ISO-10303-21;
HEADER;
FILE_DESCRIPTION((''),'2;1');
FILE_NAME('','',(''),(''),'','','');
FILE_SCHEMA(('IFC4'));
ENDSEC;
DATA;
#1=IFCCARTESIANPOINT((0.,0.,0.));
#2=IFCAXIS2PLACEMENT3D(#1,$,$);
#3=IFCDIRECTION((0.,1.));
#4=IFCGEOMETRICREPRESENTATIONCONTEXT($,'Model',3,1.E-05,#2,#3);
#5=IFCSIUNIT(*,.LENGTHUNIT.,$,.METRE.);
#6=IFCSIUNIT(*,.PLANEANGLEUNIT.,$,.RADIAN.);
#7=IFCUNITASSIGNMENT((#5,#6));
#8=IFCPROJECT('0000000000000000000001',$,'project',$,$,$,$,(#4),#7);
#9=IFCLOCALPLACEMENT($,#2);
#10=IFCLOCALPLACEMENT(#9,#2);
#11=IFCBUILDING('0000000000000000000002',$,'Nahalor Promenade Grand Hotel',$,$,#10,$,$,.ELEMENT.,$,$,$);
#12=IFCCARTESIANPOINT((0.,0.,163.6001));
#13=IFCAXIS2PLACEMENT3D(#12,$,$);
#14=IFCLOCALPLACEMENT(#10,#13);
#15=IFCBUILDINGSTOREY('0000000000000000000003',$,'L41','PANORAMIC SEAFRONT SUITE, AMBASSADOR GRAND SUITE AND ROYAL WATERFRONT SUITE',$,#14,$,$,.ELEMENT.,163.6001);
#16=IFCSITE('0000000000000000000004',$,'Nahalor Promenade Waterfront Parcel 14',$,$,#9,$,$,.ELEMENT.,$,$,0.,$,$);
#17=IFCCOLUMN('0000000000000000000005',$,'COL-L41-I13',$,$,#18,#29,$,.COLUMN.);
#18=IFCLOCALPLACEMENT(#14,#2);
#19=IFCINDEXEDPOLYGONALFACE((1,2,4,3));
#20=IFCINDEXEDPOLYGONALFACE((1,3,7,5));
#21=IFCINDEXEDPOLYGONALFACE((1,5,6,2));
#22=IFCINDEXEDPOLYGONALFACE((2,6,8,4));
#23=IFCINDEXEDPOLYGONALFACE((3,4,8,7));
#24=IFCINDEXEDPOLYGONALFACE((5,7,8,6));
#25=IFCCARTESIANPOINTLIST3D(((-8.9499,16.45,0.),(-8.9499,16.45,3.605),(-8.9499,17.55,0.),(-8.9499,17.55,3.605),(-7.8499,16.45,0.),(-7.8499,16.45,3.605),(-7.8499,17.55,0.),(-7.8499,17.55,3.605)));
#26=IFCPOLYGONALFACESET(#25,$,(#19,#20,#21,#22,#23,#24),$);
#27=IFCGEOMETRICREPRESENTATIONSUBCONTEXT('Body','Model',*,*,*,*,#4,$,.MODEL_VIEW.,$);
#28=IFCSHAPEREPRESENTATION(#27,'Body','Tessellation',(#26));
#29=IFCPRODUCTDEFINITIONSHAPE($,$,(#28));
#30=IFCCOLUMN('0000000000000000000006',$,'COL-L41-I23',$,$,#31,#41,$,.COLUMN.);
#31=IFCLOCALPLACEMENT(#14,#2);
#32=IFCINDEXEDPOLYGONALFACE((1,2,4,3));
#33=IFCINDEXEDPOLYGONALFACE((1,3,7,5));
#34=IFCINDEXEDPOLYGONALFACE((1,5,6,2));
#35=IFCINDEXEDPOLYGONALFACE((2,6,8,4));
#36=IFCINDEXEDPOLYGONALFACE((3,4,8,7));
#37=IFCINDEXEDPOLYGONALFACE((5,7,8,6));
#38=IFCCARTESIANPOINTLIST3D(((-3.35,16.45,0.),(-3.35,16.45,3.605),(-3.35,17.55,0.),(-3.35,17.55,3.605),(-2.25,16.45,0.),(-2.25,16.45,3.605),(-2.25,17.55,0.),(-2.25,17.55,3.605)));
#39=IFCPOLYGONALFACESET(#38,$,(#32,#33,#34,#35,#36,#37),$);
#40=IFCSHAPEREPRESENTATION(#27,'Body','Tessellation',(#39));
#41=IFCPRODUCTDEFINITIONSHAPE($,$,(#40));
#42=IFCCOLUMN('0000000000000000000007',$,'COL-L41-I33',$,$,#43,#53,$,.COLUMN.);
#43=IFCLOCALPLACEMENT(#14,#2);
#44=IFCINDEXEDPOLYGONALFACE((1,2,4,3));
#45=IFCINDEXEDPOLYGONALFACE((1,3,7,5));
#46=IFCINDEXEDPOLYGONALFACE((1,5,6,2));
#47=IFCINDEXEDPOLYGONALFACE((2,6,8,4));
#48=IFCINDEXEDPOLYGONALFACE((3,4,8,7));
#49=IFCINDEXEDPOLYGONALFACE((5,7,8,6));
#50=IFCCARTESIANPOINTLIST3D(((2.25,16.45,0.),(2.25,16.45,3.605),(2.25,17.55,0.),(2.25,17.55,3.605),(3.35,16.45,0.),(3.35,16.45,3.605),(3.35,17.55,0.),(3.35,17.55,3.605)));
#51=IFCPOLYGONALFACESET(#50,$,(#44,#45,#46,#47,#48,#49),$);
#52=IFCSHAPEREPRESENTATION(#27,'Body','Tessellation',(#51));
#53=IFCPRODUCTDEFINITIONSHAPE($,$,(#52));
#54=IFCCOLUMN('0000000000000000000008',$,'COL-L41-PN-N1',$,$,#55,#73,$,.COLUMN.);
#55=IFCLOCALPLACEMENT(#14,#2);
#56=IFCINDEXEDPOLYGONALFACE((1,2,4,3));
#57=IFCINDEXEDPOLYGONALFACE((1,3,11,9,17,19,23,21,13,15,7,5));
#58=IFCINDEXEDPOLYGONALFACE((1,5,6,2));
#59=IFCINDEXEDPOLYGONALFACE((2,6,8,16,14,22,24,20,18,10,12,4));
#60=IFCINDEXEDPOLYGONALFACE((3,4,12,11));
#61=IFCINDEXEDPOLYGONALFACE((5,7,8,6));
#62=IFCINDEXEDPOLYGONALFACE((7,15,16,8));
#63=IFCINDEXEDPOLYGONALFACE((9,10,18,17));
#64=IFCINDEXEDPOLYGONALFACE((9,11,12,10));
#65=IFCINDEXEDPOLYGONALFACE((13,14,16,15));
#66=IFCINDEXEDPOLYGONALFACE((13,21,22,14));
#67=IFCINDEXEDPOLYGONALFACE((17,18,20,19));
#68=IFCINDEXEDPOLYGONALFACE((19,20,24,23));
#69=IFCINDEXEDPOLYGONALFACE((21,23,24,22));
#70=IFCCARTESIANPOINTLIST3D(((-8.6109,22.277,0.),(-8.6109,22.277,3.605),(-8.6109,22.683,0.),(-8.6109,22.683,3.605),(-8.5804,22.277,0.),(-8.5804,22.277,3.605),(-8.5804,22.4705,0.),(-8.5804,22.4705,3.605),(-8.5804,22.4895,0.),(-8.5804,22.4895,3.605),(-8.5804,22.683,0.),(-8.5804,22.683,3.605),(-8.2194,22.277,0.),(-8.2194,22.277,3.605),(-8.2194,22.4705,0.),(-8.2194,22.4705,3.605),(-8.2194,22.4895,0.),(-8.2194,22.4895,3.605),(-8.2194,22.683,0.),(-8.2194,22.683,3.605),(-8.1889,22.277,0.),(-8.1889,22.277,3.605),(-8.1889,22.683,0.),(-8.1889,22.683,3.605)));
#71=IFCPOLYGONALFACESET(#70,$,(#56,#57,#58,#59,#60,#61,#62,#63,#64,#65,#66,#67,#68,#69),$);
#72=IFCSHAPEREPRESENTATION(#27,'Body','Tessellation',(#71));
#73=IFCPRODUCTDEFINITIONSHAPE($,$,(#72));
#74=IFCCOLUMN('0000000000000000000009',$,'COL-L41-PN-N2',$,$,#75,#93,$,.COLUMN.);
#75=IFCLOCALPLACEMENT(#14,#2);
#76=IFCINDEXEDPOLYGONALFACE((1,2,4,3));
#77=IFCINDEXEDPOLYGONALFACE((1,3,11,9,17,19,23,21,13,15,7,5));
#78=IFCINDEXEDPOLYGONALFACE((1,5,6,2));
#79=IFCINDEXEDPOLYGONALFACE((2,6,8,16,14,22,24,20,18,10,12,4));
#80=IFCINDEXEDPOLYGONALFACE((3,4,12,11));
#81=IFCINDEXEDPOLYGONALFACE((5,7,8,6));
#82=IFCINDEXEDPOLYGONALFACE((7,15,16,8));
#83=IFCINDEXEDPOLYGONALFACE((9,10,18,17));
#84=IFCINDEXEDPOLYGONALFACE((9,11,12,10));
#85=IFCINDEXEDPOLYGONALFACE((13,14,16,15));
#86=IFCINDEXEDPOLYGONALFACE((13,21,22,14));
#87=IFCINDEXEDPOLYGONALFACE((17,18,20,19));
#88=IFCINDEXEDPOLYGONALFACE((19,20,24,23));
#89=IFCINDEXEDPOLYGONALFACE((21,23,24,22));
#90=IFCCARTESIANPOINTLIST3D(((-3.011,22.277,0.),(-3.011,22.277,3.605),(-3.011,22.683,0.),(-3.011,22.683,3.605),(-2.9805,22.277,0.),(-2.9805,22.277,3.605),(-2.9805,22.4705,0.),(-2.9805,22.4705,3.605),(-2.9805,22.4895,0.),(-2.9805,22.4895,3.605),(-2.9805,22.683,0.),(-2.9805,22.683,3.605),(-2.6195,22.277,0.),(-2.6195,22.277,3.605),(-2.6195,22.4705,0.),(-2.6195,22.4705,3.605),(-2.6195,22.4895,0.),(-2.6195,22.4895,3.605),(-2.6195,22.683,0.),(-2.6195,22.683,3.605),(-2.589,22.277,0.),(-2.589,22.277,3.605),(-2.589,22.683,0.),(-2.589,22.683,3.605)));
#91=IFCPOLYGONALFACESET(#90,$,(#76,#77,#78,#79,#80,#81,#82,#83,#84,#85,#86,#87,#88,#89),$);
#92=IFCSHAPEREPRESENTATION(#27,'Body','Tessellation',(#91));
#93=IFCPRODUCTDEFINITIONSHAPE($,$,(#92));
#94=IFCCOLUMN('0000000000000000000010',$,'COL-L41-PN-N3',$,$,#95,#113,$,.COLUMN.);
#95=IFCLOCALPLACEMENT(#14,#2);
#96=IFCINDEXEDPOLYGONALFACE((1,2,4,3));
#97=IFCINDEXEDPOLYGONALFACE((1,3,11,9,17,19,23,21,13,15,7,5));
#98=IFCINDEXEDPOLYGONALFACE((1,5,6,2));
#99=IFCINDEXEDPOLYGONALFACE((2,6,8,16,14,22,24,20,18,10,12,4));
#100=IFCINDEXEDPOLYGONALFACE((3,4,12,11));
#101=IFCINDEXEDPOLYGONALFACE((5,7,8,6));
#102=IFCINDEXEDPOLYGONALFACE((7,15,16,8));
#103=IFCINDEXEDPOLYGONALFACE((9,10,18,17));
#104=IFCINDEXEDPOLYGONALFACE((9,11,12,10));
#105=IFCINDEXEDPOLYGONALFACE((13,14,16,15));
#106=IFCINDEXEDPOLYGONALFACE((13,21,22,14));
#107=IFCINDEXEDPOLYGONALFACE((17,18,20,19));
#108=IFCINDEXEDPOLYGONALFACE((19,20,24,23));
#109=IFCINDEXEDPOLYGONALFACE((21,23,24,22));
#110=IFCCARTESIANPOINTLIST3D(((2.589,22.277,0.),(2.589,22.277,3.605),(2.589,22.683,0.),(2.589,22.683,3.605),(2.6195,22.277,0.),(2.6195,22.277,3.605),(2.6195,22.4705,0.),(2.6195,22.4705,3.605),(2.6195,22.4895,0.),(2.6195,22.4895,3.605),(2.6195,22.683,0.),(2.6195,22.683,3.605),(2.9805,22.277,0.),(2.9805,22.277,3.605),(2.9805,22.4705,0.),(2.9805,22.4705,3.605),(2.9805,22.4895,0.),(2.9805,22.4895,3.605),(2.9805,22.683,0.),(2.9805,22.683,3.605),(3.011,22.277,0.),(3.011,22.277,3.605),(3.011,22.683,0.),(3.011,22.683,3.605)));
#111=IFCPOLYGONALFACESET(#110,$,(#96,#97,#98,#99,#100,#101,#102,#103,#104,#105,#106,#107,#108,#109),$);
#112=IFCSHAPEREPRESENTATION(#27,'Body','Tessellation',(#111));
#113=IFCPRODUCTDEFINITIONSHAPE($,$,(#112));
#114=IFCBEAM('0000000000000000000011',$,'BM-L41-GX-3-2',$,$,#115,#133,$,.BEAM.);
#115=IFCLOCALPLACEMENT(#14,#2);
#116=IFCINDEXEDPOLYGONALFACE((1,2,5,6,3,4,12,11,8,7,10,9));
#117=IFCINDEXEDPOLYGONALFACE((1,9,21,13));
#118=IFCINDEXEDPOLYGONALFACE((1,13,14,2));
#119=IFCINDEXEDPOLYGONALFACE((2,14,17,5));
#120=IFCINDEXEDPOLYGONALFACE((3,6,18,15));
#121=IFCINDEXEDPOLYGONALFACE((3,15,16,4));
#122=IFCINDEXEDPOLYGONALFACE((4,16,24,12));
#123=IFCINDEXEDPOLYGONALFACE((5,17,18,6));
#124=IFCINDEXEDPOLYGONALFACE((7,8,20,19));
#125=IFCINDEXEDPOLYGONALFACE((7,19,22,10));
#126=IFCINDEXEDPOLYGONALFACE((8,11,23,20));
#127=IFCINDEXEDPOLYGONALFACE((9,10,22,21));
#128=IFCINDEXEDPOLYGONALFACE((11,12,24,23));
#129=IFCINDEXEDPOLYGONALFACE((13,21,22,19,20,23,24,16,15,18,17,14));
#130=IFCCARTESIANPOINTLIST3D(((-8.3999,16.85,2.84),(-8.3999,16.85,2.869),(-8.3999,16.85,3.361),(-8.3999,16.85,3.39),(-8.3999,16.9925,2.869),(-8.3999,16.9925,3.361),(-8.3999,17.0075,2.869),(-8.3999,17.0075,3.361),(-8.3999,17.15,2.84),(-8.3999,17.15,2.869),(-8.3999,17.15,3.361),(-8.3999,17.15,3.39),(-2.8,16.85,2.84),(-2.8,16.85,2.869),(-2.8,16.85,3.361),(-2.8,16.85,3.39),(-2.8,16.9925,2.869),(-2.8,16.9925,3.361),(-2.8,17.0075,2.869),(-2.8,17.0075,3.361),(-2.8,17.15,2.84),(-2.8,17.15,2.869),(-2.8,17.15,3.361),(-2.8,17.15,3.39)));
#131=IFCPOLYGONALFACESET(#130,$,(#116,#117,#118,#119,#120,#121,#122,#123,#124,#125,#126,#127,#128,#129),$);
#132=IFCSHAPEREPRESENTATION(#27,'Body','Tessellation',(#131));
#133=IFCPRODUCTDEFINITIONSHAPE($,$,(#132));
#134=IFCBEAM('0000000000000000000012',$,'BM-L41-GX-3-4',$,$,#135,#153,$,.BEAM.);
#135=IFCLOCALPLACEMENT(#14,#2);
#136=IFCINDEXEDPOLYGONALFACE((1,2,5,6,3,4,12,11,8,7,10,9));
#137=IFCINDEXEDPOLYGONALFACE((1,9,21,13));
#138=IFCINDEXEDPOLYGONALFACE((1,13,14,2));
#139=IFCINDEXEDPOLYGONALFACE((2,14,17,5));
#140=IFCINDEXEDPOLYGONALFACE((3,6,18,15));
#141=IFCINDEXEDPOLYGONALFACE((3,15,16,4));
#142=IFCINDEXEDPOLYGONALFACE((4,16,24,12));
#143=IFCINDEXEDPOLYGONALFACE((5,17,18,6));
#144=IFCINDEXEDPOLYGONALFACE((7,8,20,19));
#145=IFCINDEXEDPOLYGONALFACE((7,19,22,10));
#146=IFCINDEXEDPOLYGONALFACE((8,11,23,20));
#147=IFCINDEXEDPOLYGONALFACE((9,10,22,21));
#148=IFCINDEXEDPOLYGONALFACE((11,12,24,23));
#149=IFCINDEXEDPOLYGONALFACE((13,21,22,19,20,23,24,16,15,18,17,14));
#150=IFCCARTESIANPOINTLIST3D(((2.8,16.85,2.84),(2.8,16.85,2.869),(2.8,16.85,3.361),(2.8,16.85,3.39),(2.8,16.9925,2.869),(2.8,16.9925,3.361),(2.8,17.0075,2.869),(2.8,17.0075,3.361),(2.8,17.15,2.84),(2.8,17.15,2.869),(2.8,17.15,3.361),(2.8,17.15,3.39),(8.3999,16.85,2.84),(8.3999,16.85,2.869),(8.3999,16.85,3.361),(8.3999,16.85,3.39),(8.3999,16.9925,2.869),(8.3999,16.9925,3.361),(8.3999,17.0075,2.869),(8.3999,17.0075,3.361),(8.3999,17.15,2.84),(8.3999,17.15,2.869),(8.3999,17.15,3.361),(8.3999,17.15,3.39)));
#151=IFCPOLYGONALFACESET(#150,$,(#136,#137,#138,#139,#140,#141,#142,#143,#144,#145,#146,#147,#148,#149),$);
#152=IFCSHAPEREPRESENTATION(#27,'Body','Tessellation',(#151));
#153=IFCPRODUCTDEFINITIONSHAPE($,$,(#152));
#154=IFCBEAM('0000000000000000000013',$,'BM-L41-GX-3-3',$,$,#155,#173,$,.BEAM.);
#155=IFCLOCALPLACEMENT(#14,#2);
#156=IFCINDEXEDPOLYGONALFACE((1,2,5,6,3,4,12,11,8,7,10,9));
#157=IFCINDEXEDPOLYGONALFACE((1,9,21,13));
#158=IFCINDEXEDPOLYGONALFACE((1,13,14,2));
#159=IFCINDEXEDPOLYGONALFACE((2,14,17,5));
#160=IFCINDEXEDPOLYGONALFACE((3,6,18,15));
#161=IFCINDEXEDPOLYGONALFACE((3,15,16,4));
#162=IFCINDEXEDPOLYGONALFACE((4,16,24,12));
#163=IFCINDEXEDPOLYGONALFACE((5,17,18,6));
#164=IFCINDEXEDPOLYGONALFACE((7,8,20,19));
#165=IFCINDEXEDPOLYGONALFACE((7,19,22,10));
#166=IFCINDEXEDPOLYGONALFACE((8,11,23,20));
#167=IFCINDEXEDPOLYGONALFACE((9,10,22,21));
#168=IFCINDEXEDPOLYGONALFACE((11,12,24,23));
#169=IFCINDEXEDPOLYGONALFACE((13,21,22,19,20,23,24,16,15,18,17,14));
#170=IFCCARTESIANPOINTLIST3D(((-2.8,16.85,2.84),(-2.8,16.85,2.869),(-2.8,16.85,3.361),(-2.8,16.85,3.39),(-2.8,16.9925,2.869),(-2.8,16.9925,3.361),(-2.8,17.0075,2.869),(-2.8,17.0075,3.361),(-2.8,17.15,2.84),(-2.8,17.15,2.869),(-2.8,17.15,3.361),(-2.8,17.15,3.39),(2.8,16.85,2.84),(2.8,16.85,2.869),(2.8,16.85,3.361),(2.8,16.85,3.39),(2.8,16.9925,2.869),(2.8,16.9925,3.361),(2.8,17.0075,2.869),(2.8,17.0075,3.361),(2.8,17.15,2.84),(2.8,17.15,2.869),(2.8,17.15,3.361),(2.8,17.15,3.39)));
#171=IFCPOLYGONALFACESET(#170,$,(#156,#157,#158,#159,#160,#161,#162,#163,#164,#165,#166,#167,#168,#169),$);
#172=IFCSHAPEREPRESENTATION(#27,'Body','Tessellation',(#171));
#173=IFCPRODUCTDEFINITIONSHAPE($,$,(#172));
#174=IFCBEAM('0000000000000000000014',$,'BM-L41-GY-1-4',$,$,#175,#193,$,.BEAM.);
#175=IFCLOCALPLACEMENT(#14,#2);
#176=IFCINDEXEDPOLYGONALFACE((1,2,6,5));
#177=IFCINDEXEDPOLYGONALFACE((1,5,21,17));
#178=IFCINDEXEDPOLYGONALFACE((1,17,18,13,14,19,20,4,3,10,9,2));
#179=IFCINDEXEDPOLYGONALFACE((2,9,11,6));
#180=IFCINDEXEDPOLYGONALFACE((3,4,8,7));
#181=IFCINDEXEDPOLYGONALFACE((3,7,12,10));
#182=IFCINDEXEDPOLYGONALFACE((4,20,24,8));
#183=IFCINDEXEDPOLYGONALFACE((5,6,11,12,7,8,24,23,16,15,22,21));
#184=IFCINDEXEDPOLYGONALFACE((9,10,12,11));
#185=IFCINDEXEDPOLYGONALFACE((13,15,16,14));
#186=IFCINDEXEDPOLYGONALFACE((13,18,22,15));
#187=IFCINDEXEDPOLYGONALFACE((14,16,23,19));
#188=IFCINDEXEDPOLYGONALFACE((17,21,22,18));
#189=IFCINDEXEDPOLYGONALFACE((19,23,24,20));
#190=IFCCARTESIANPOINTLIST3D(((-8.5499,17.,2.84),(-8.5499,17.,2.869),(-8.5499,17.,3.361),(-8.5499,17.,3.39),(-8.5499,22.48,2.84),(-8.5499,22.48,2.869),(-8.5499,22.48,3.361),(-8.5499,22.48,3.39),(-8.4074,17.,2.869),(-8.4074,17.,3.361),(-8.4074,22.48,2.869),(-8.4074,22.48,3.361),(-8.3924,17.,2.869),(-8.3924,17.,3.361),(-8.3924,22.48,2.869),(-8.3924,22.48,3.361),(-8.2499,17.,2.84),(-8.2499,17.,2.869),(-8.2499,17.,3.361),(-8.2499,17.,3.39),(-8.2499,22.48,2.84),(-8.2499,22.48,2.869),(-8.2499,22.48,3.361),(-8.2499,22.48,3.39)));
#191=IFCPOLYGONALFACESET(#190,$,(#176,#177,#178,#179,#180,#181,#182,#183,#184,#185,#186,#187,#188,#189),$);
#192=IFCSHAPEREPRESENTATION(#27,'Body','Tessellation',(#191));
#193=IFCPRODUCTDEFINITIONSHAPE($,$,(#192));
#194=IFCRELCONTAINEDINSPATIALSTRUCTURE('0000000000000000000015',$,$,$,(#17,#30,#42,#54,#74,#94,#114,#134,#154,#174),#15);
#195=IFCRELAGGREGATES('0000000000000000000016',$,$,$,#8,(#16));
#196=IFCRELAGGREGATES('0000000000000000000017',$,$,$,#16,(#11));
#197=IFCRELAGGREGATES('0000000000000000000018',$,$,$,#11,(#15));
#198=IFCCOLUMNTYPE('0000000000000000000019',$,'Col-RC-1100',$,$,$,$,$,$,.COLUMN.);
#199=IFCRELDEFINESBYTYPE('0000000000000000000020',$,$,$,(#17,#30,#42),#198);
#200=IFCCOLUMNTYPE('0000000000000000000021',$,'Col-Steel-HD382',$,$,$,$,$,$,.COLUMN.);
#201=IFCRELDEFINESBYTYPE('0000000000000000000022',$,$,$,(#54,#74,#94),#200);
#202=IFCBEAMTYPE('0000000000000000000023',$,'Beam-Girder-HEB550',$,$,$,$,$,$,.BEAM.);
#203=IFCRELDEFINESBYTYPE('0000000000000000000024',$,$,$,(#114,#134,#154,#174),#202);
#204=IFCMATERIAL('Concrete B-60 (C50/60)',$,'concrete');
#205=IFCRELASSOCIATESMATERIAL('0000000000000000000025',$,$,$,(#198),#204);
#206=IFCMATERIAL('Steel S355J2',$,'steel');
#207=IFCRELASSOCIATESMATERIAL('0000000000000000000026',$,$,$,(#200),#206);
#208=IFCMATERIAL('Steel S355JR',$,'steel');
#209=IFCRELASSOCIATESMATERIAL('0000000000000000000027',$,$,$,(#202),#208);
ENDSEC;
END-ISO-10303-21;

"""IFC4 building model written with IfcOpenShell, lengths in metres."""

from ifc_helpers import new_model, si_unit, direction, frame, origin, origin_2d, place, context, subcontext, project, spatial, rectangle, i_section, extrude, source, transform, mapped, material, material_profile, profile_set, type_object, element, save


model = new_model("IFC4")

# Units and contexts
model_context = context("Model", 3, precision=1e-05, world=origin(), true_north=direction((0.0, 1.0)))
body_context = subcontext(model_context, "Body", "Model", "MODEL_VIEW")
ifc_project = project(units=[si_unit("LENGTHUNIT", "METRE"), si_unit("PLANEANGLEUNIT", "RADIAN")], contexts=[model_context])

# Site, building, storey
site_placement = place(None, origin())
site = spatial("IfcSite", under=ifc_project, at=site_placement, Name="Nahalor Promenade Waterfront Parcel 14", CompositionType="ELEMENT", RefElevation=0.0)
building_placement = place(site_placement, origin())
building = spatial("IfcBuilding", under=site, at=building_placement, Name="Nahalor Promenade Grand Hotel", CompositionType="ELEMENT")
storey_placement = place(building_placement, frame((0.0, 0.0, 163.6001)))
storey = spatial("IfcBuildingStorey", under=building, at=storey_placement, Name="L41", Description="PANORAMIC SEAFRONT SUITE, AMBASSADOR GRAND SUITE AND ROYAL WATERFRONT SUITE", CompositionType="ELEMENT", Elevation=163.6001)

# Columns
ifc_material_1 = material(Name="Concrete B-60 (C50/60)", Category="concrete")
ifc_material_profile_1 = material_profile(ifc_material_1, rectangle(XDim=1.1, YDim=1.1, at=origin_2d()), Name="RC 1100x1100")
ifc_profile_set_1 = profile_set([ifc_material_profile_1], Name="Concrete B-60 (C50/60)")
column_type_1 = type_object("IfcColumnType", Name="Col-RC-1100", PredefinedType="COLUMN", material=ifc_profile_set_1)
shared_shape_1 = source(origin(), body_context, "Body", "SweptSolid", [
    extrude(rectangle(XDim=1.1, YDim=1.1, at=origin_2d()), origin(), (0.0, 0.0, 1.0), 3.605),
])
for number, where, z_axis, x_axis, name in (
    (1, (-8.3999, 17.0, 0.0), (0.0, 0.0, 1.0), (1.0, 0.0, 0.0), "COL-L41-I13"),
    (2, (-2.8, 17.0, 0.0), (0.0, 0.0, 1.0), (1.0, 0.0, 0.0), "COL-L41-I23"),
    (3, (2.8, 17.0, 0.0), (0.0, 0.0, 1.0), (1.0, 0.0, 0.0), "COL-L41-I33"),
):
    element("IfcColumn", number, at=place(storey_placement, frame(where, z_axis=z_axis, x_axis=x_axis)), inside=storey, type_object=column_type_1, Name=name, PredefinedType="COLUMN", context=body_context, shape_type="MappedRepresentation", body=[
        mapped(shared_shape_1, transform((0.0, 0.0, 0.0), scale=1.0)),
    ])
ifc_material_2 = material(Name="Steel S355J2", Category="steel")
ifc_material_profile_2 = material_profile(ifc_material_2, i_section(OverallWidth=0.406, OverallDepth=0.422, WebThickness=0.019, FlangeThickness=0.0305, at=origin_2d()), Name="HD 400x382")
ifc_profile_set_2 = profile_set([ifc_material_profile_2], Name="Steel S355J2")
column_type_2 = type_object("IfcColumnType", Name="Col-Steel-HD382", PredefinedType="COLUMN", material=ifc_profile_set_2)
shared_shape_2 = source(origin(), body_context, "Body", "SweptSolid", [
    extrude(i_section(OverallWidth=0.406, OverallDepth=0.422, WebThickness=0.019, FlangeThickness=0.0305, at=origin_2d()), origin(), (0.0, 0.0, 1.0), 3.605),
])
for number, where, z_axis, x_axis, name in (
    (4, (-8.3999, 22.48, 0.0), (0.0, 0.0, 1.0), (0.0, 1.0, 0.0), "COL-L41-PN-N1"),
    (5, (-2.8, 22.48, 0.0), (0.0, 0.0, 1.0), (0.0, 1.0, 0.0), "COL-L41-PN-N2"),
    (6, (2.8, 22.48, 0.0), (0.0, 0.0, 1.0), (0.0, 1.0, 0.0), "COL-L41-PN-N3"),
):
    element("IfcColumn", number, at=place(storey_placement, frame(where, z_axis=z_axis, x_axis=x_axis)), inside=storey, type_object=column_type_2, Name=name, PredefinedType="COLUMN", context=body_context, shape_type="MappedRepresentation", body=[
        mapped(shared_shape_2, transform((0.0, 0.0, 0.0), scale=1.0)),
    ])

# Beams
ifc_material_3 = material(Name="Steel S355JR", Category="steel")
ifc_material_profile_3 = material_profile(ifc_material_3, i_section(OverallWidth=0.3, OverallDepth=0.55, WebThickness=0.015, FlangeThickness=0.029, at=origin_2d()), Name="HEB 550")
ifc_profile_set_3 = profile_set([ifc_material_profile_3], Name="Steel S355JR")
beam_type_1 = type_object("IfcBeamType", Name="Beam-Girder-HEB550", PredefinedType="BEAM", material=ifc_profile_set_3)
shared_shape_3 = source(origin(), body_context, "Body", "SweptSolid", [
    extrude(i_section(OverallWidth=0.3, OverallDepth=0.55, WebThickness=0.015, FlangeThickness=0.029, at=origin_2d()), origin(), (0.0, 0.0, 1.0), 5.5999),
])
for number, where, z_axis, x_axis, name in (
    (7, (-8.3999, 17.0, 3.115), (1.0, 0.0, 0.0), (0.0, 1.0, 0.0), "BM-L41-GX-3-2"),
    (8, (2.8, 17.0, 3.115), (1.0, 0.0, 0.0), (0.0, 1.0, 0.0), "BM-L41-GX-3-4"),
):
    element("IfcBeam", number, at=place(storey_placement, frame(where, z_axis=z_axis, x_axis=x_axis)), inside=storey, type_object=beam_type_1, Name=name, PredefinedType="BEAM", context=body_context, shape_type="MappedRepresentation", body=[
        mapped(shared_shape_3, transform((0.0, 0.0, 0.0), scale=1.0)),
    ])
shared_shape_4 = source(origin(), body_context, "Body", "SweptSolid", [
    extrude(i_section(OverallWidth=0.3, OverallDepth=0.55, WebThickness=0.015, FlangeThickness=0.029, at=origin_2d()), origin(), (0.0, 0.0, 1.0), 5.6001),
])
beam_1_placement = place(storey_placement, frame((-2.8, 17.0, 3.115), z_axis=(1.0, 0.0, 0.0), x_axis=(0.0, 1.0, 0.0)))
element("IfcBeam", 9, at=beam_1_placement, inside=storey, type_object=beam_type_1, Name="BM-L41-GX-3-3", PredefinedType="BEAM", context=body_context, shape_type="MappedRepresentation", body=[
    mapped(shared_shape_4, transform((0.0, 0.0, 0.0), scale=1.0)),
])
shared_shape_5 = source(origin(), body_context, "Body", "SweptSolid", [
    extrude(i_section(OverallWidth=0.3, OverallDepth=0.55, WebThickness=0.015, FlangeThickness=0.029, at=origin_2d()), origin(), (0.0, 0.0, 1.0), 5.48),
])
for number, where, z_axis, x_axis, name in (
    (10, (-8.3999, 17.0, 3.115), (0.0, 1.0, 0.0), (-1.0, 0.0, 0.0), "BM-L41-GY-1-4"),
):
    element("IfcBeam", number, at=place(storey_placement, frame(where, z_axis=z_axis, x_axis=x_axis)), inside=storey, type_object=beam_type_1, Name=name, PredefinedType="BEAM", context=body_context, shape_type="MappedRepresentation", body=[
        mapped(shared_shape_5, transform((0.0, 0.0, 0.0), scale=1.0)),
    ])

save(model, "model.ifc")
